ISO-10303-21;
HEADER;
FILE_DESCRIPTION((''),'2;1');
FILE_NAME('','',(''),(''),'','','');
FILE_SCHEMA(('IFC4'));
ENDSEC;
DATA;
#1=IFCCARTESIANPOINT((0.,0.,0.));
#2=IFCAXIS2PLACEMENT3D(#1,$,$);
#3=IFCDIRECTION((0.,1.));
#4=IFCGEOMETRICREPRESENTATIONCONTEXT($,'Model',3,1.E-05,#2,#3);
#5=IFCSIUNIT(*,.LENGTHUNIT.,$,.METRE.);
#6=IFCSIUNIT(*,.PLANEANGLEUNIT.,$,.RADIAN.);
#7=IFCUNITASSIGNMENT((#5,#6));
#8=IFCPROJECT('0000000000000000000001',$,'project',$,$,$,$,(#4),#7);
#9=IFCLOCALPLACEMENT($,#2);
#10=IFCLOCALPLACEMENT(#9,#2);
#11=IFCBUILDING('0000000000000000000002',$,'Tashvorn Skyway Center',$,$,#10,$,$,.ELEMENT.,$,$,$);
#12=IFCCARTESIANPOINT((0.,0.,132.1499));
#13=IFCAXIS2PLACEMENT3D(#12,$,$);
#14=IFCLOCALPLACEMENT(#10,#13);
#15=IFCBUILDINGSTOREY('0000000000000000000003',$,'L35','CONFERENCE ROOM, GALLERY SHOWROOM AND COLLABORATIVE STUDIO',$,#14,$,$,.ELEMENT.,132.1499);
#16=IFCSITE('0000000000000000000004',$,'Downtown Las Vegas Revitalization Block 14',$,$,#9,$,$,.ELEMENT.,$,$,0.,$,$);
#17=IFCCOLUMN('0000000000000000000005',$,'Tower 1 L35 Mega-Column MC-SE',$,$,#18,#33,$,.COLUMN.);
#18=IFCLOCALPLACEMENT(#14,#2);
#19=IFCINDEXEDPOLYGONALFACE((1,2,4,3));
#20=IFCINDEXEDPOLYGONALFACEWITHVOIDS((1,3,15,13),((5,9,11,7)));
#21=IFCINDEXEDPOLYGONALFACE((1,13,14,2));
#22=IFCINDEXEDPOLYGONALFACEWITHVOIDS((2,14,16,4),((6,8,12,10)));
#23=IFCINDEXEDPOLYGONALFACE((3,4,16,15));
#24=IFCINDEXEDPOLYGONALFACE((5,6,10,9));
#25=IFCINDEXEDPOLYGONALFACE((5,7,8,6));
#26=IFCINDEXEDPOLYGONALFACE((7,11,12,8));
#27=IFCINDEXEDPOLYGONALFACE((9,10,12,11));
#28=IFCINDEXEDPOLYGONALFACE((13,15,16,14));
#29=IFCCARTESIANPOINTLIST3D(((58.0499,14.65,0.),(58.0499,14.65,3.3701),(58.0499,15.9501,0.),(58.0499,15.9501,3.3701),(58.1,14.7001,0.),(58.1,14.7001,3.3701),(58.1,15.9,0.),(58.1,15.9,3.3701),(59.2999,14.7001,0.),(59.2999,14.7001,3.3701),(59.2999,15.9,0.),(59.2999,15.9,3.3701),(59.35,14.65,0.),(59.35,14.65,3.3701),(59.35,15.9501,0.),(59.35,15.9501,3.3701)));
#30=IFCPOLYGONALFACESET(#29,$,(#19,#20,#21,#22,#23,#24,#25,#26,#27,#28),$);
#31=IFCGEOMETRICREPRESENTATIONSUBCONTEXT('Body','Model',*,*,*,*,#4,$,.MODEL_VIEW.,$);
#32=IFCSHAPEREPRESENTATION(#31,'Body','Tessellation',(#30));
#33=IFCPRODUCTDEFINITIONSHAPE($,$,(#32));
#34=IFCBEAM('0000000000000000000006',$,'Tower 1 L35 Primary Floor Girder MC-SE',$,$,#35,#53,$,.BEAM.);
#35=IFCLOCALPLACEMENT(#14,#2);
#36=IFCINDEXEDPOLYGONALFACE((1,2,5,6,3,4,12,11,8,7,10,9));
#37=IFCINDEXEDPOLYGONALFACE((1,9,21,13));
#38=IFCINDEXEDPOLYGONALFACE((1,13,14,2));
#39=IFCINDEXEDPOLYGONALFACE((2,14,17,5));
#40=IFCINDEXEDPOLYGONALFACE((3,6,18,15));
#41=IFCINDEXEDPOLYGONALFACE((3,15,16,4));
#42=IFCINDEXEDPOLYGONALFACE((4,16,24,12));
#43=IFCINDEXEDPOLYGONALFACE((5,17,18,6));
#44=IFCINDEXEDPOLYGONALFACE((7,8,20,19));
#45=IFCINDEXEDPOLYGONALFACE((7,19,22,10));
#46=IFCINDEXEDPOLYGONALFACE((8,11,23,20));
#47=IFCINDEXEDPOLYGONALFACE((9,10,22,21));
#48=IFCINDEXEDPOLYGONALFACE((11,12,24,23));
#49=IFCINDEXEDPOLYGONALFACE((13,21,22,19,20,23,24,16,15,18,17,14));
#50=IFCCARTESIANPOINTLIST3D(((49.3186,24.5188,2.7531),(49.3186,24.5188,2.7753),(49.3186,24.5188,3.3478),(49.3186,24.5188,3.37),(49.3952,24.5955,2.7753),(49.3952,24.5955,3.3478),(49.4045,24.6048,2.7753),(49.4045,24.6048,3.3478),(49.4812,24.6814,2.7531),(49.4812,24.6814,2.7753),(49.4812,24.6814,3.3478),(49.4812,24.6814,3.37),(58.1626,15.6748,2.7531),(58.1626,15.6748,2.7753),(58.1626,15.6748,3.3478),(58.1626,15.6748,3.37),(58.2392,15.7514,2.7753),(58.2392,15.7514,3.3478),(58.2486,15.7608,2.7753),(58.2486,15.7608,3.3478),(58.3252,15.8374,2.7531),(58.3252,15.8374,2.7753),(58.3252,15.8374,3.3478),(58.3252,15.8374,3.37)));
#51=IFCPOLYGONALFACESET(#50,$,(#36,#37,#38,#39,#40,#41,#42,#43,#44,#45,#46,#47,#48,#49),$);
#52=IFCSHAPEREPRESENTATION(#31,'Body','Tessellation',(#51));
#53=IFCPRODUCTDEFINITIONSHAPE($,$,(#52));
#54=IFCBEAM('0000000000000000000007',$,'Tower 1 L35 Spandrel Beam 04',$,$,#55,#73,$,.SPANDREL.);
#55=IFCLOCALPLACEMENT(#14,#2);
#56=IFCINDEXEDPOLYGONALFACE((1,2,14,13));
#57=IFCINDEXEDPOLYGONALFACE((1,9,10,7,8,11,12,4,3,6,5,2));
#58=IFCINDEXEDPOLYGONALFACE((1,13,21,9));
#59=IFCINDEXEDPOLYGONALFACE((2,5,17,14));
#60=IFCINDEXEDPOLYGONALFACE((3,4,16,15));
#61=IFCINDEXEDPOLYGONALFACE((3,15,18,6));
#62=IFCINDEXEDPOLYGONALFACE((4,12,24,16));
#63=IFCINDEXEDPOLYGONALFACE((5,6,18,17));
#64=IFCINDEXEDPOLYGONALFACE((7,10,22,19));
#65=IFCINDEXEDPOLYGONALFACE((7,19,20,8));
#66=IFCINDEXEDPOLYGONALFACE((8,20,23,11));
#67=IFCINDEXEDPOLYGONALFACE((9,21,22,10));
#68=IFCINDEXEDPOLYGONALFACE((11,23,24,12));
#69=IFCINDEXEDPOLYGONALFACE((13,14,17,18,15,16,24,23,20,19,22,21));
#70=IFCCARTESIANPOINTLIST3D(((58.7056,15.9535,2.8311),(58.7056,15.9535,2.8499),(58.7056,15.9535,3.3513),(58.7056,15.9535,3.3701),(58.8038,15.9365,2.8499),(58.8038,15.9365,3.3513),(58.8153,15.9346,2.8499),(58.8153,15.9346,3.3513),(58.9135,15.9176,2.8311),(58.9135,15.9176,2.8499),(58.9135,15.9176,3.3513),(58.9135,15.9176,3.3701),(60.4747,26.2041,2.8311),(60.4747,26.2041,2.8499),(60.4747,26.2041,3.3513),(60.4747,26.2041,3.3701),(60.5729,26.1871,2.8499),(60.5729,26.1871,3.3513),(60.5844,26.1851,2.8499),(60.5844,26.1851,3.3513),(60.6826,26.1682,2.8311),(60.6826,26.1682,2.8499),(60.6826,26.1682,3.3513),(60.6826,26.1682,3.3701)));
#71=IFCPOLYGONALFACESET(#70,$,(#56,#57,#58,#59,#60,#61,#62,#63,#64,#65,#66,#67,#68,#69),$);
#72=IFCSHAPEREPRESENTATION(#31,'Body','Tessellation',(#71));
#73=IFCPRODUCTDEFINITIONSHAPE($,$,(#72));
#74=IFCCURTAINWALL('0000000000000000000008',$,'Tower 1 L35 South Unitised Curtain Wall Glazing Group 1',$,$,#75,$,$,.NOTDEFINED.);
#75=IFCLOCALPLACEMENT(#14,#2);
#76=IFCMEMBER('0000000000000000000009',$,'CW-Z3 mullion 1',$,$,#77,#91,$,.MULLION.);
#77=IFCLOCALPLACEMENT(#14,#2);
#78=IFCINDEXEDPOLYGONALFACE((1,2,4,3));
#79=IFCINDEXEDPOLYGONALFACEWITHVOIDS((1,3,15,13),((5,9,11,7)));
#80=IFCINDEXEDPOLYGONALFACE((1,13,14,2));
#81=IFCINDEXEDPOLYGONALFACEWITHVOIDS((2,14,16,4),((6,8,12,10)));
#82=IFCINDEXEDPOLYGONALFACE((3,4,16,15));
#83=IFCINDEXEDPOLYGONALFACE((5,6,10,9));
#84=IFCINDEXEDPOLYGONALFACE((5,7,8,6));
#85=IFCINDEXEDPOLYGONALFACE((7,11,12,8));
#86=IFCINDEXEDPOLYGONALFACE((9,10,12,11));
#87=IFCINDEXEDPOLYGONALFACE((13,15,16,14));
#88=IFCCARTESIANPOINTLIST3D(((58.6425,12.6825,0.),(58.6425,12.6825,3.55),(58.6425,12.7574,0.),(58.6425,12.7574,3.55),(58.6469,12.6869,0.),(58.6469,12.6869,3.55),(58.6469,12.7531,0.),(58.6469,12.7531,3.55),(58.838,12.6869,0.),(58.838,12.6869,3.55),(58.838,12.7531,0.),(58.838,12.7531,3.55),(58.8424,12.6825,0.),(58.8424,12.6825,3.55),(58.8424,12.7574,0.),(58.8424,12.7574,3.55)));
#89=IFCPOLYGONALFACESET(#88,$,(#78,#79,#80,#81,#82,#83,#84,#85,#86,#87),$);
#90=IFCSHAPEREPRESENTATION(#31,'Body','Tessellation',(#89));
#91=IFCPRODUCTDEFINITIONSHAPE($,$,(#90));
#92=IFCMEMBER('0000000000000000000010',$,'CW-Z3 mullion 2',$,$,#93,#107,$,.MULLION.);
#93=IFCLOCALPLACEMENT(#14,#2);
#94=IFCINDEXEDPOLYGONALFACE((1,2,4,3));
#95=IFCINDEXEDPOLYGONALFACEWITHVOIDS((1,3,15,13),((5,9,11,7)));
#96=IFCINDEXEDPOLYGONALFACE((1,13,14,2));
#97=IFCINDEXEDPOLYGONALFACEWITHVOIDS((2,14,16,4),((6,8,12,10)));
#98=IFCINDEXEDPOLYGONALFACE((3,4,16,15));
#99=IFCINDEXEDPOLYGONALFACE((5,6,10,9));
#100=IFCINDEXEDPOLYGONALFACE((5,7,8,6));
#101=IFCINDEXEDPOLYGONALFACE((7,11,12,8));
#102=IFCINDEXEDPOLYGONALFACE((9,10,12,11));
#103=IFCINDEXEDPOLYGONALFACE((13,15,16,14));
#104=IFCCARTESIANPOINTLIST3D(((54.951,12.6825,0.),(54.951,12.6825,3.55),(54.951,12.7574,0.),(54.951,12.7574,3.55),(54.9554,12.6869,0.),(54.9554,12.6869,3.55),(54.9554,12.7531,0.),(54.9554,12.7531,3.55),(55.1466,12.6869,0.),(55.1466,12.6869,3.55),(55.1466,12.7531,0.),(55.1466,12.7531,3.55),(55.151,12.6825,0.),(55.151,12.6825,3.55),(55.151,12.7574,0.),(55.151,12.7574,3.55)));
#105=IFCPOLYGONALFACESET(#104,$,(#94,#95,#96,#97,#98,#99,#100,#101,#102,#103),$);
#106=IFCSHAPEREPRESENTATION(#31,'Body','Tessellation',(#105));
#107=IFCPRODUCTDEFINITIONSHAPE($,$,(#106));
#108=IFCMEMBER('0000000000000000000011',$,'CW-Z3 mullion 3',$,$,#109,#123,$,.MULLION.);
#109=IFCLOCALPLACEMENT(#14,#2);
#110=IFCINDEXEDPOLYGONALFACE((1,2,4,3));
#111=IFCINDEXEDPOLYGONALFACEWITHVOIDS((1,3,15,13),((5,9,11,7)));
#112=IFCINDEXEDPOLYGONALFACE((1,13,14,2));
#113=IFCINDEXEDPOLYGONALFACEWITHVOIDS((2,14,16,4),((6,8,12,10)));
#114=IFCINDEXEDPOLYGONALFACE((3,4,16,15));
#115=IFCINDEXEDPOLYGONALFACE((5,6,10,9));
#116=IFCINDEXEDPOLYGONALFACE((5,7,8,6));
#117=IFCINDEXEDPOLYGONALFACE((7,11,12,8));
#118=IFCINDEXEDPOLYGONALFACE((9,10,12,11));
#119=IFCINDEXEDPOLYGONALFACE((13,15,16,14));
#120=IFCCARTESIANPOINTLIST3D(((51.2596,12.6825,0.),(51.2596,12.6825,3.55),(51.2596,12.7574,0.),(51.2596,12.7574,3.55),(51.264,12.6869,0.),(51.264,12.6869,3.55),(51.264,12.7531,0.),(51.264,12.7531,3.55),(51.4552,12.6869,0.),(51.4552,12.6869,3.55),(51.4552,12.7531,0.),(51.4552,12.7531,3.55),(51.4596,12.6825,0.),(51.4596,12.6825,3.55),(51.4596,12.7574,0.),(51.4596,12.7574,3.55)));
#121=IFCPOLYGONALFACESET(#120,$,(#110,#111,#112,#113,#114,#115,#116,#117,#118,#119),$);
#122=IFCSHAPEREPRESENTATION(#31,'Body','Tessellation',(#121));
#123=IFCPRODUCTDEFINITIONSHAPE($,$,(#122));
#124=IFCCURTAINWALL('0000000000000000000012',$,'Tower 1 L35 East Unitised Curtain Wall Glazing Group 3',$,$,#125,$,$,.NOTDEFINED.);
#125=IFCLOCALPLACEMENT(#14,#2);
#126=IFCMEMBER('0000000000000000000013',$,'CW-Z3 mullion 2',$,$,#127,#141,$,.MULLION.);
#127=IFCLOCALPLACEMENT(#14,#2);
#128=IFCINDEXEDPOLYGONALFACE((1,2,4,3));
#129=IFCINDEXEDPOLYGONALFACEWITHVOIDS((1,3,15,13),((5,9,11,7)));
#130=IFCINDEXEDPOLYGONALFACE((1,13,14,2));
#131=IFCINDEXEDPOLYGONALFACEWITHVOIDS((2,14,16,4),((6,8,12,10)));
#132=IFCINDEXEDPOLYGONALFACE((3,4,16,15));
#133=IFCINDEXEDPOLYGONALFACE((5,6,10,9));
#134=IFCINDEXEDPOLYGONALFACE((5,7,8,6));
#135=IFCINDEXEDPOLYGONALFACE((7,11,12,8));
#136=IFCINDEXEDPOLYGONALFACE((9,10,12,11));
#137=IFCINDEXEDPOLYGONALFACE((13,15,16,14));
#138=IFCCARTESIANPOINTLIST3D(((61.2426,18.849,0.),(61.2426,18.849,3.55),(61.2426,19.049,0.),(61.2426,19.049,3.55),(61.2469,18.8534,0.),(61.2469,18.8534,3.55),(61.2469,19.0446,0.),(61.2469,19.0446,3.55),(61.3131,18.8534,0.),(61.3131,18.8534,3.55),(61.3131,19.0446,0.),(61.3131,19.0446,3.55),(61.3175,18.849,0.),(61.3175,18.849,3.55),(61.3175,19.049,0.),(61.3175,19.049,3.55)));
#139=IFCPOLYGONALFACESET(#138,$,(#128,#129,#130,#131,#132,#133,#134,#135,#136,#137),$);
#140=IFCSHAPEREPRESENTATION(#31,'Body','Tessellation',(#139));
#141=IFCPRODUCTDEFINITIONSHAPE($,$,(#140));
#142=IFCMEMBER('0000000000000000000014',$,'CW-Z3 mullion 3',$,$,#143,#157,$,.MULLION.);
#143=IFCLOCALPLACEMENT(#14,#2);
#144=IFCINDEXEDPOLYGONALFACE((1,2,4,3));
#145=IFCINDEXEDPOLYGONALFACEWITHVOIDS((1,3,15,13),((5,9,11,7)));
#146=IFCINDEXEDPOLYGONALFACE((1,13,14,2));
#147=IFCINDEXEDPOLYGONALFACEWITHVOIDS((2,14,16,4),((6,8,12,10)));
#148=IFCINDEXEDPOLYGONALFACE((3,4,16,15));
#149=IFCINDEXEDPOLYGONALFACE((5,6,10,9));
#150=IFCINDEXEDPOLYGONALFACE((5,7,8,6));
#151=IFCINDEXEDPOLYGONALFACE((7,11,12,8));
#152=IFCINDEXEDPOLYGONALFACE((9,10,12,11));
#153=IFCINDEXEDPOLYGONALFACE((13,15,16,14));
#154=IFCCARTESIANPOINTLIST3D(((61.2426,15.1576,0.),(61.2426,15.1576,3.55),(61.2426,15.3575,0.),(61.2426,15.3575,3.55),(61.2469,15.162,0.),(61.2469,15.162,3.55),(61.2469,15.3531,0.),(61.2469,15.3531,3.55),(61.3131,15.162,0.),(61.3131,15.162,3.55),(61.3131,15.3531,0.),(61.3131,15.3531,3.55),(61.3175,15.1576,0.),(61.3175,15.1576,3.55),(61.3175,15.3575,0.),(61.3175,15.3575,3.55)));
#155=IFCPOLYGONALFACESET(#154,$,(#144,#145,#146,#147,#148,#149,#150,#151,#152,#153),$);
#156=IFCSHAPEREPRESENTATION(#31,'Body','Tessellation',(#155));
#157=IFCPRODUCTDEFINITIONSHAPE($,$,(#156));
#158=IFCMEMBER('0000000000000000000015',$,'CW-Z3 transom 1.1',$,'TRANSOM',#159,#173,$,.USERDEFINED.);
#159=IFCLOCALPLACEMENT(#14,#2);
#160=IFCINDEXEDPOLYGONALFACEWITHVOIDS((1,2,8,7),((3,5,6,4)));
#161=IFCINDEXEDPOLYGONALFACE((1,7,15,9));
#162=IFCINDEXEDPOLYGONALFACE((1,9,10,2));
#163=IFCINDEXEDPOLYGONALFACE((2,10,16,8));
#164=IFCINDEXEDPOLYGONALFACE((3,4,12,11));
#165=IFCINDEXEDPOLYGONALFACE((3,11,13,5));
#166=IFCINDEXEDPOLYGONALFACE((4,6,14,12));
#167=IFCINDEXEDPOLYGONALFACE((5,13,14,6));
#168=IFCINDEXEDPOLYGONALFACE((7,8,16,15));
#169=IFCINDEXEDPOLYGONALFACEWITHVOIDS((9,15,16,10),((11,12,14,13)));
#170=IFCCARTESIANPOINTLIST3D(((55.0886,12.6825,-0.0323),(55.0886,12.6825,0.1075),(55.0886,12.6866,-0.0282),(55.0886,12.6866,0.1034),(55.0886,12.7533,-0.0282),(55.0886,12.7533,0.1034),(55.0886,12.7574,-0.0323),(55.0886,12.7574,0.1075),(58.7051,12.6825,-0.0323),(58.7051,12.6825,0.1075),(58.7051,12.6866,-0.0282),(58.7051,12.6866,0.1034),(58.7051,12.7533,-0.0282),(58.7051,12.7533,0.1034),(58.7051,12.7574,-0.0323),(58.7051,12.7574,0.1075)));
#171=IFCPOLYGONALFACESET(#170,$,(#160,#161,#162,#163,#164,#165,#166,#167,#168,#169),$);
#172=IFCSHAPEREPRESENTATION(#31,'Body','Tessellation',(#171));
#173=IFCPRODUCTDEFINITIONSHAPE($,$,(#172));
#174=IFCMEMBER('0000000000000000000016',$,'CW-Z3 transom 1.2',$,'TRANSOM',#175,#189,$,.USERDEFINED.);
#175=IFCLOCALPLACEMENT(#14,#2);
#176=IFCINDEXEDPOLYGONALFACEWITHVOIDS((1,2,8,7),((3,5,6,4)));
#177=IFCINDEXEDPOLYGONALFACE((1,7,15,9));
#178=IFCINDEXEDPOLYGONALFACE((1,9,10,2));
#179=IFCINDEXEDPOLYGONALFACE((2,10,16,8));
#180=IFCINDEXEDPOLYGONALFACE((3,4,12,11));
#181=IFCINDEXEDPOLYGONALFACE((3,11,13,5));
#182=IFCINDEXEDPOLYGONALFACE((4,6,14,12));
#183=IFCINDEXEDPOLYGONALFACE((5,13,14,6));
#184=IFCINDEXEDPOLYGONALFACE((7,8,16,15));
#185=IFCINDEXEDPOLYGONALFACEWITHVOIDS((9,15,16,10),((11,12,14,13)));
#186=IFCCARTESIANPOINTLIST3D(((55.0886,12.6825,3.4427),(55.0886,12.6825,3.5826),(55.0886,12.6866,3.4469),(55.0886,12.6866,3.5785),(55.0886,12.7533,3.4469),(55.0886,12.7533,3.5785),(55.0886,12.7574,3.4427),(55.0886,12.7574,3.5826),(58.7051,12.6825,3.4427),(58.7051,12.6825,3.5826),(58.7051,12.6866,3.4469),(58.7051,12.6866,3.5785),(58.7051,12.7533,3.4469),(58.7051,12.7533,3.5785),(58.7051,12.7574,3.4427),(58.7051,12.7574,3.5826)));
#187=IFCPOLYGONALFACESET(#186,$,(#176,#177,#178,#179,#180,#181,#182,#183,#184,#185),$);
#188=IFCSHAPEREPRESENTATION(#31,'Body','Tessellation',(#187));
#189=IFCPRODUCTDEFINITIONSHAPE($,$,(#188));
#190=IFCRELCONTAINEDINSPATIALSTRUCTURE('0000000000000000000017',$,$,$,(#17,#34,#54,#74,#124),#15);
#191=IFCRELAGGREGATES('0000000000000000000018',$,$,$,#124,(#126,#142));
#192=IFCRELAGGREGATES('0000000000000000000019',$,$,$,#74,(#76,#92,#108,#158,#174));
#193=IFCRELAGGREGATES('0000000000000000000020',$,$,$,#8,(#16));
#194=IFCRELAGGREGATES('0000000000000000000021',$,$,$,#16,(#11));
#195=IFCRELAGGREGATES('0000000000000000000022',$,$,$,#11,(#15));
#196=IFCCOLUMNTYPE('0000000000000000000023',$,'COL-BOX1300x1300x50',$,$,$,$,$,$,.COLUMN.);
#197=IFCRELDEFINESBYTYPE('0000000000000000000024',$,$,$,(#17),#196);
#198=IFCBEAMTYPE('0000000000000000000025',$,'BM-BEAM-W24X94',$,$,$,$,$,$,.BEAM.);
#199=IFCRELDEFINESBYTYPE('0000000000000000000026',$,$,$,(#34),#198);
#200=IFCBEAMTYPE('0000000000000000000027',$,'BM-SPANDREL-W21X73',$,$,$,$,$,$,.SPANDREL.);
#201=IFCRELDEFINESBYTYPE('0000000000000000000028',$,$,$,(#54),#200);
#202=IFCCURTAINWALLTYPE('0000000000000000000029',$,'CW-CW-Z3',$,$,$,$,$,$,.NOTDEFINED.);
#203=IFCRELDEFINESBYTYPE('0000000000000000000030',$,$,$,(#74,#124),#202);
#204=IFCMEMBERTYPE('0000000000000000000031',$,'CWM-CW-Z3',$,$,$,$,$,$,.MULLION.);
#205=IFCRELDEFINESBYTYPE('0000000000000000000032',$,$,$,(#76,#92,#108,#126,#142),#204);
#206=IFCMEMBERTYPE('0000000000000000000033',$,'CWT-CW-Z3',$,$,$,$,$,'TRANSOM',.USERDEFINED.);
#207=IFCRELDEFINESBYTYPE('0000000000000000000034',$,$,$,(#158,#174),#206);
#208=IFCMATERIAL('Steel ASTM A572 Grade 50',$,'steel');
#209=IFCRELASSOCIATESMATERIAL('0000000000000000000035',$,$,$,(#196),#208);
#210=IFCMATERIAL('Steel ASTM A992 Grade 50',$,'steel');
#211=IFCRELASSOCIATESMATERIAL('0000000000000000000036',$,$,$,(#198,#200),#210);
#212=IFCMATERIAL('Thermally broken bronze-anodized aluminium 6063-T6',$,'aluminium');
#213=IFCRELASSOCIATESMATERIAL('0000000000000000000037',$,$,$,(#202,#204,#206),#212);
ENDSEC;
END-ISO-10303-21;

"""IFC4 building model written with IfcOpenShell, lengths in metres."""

from ifc_helpers import new_model, si_unit, direction, frame, origin, origin_2d, place, context, subcontext, project, spatial, hollow_rectangle, i_section, extrude, material, material_profile, profile_set, type_object, element, aggregate, save


model = new_model("IFC4")

# Units and contexts
model_context = context("Model", 3, precision=1e-05, world=origin(), true_north=direction((0.0, 1.0)))
body_context = subcontext(model_context, "Body", "Model", "MODEL_VIEW")
ifc_project = project(units=[si_unit("LENGTHUNIT", "METRE"), si_unit("PLANEANGLEUNIT", "RADIAN")], contexts=[model_context])

# Site, building, storey
site_placement = place(None, origin())
site = spatial("IfcSite", under=ifc_project, at=site_placement, Name="Downtown Las Vegas Revitalization Block 14", CompositionType="ELEMENT", RefElevation=0.0)
building_placement = place(site_placement, origin())
building = spatial("IfcBuilding", under=site, at=building_placement, Name="Tashvorn Skyway Center", CompositionType="ELEMENT")
storey_placement = place(building_placement, frame((0.0, 0.0, 132.1499)))
storey = spatial("IfcBuildingStorey", under=building, at=storey_placement, Name="L35", Description="CONFERENCE ROOM, GALLERY SHOWROOM AND COLLABORATIVE STUDIO", CompositionType="ELEMENT", Elevation=132.1499)

# Column
ifc_material_1 = material(Name="Steel ASTM A572 Grade 50", Category="steel")
ifc_material_profile_1 = material_profile(ifc_material_1, hollow_rectangle(XDim=1.3, YDim=1.3, WallThickness=0.05, at=origin_2d()), Name="BOX1300x1300x50")
ifc_profile_set_1 = profile_set([ifc_material_profile_1], Name="Steel ASTM A572 Grade 50")
column_type = type_object("IfcColumnType", Name="COL-BOX1300x1300x50", PredefinedType="COLUMN", material=ifc_profile_set_1)
column_placement = place(storey_placement, frame((58.7, 15.3, 0.0), z_axis=(0.0, 0.0, 1.0), x_axis=(1.0, 0.0, 0.0)))
element("IfcColumn", 1, at=column_placement, inside=storey, type_object=column_type, Name="Tower 1 L35 Mega-Column MC-SE", PredefinedType="COLUMN", context=body_context, shape_type="SweptSolid", body=[
    extrude(hollow_rectangle(XDim=1.3, YDim=1.3, WallThickness=0.05, at=origin_2d()), origin(), (0.0, 0.0, 1.0), 3.3701),
])

# Beams
ifc_material_2 = material(Name="Steel ASTM A992 Grade 50", Category="steel")
ifc_material_profile_2 = material_profile(ifc_material_2, i_section(OverallWidth=0.23, OverallDepth=0.6169, WebThickness=0.0132, FlangeThickness=0.0222, at=origin_2d()), Name="W24X94")
ifc_profile_set_2 = profile_set([ifc_material_profile_2], Name="Steel ASTM A992 Grade 50")
beam_type_1 = type_object("IfcBeamType", Name="BM-BEAM-W24X94", PredefinedType="BEAM", material=ifc_profile_set_2)
beam_1_placement = place(storey_placement, frame((58.2439, 15.7561, 3.0615), z_axis=(-0.707107, 0.707107, 0.0), x_axis=(-0.707107, -0.707107, 0.0)))
element("IfcBeam", 2, at=beam_1_placement, inside=storey, type_object=beam_type_1, Name="Tower 1 L35 Primary Floor Girder MC-SE", PredefinedType="BEAM", context=body_context, shape_type="SweptSolid", body=[
    extrude(i_section(OverallWidth=0.23, OverallDepth=0.6169, WebThickness=0.0132, FlangeThickness=0.0222, at=origin_2d()), origin(), (0.0, 0.0, 1.0), 12.5073),
])
ifc_material_profile_3 = material_profile(ifc_material_2, i_section(OverallWidth=0.2109, OverallDepth=0.5391, WebThickness=0.0117, FlangeThickness=0.0188, at=origin_2d()), Name="W21X73")
ifc_profile_set_3 = profile_set([ifc_material_profile_3], Name="Steel ASTM A992 Grade 50")
beam_type_2 = type_object("IfcBeamType", Name="BM-SPANDREL-W21X73", PredefinedType="SPANDREL", material=ifc_profile_set_3)
beam_2_placement = place(storey_placement, frame((58.8096, 15.9355, 3.1006), z_axis=(0.170067, 0.985432, 0.0), x_axis=(-0.985432, 0.170067, 0.0)))
element("IfcBeam", 3, at=beam_2_placement, inside=storey, type_object=beam_type_2, Name="Tower 1 L35 Spandrel Beam 04", PredefinedType="SPANDREL", context=body_context, shape_type="SweptSolid", body=[
    extrude(i_section(OverallWidth=0.2109, OverallDepth=0.5391, WebThickness=0.0117, FlangeThickness=0.0188, at=origin_2d()), origin(), (0.0, 0.0, 1.0), 10.4021),
])

# Curtain walls, members
ifc_material_3 = material(Name="Thermally broken bronze-anodized aluminium 6063-T6", Category="aluminium")
curtain_wall_type = type_object("IfcCurtainWallType", Name="CW-CW-Z3", PredefinedType="NOTDEFINED", material=ifc_material_3)
curtain_wall_1_placement = place(storey_placement, origin())
curtain_wall_1 = element("IfcCurtainWall", 4, at=curtain_wall_1_placement, inside=storey, type_object=curtain_wall_type, Name="Tower 1 L35 South Unitised Curtain Wall Glazing Group 1", PredefinedType="NOTDEFINED")
ifc_material_profile_4 = material_profile(ifc_material_3, hollow_rectangle(XDim=0.075, YDim=0.2, WallThickness=0.0044, at=origin_2d()), Name="ALU-MULL-75x200")
ifc_profile_set_4 = profile_set([ifc_material_profile_4], Name="Thermally broken bronze-anodized aluminium 6063-T6")
member_type_1 = type_object("IfcMemberType", Name="CWM-CW-Z3", PredefinedType="MULLION", material=ifc_profile_set_4)
member_1_placement = place(storey_placement, frame((58.7424, 12.72, 0.0), z_axis=(0.0, 0.0, 1.0), x_axis=(0.0, -1.0, 0.0)))
member_1 = element("IfcMember", 5, at=member_1_placement, type_object=member_type_1, Name="CW-Z3 mullion 1", PredefinedType="MULLION", context=body_context, shape_type="SweptSolid", body=[
    extrude(hollow_rectangle(XDim=0.075, YDim=0.2, WallThickness=0.0044, at=origin_2d()), origin(), (0.0, 0.0, 1.0), 3.55),
])
member_2_placement = place(storey_placement, frame((55.051, 12.72, 0.0), z_axis=(0.0, 0.0, 1.0), x_axis=(0.0, -1.0, 0.0)))
member_2 = element("IfcMember", 6, at=member_2_placement, type_object=member_type_1, Name="CW-Z3 mullion 2", PredefinedType="MULLION", context=body_context, shape_type="SweptSolid", body=[
    extrude(hollow_rectangle(XDim=0.075, YDim=0.2, WallThickness=0.0044, at=origin_2d()), origin(), (0.0, 0.0, 1.0), 3.55),
])
member_3_placement = place(storey_placement, frame((51.3596, 12.72, 0.0), z_axis=(0.0, 0.0, 1.0), x_axis=(0.0, -1.0, 0.0)))
member_3 = element("IfcMember", 7, at=member_3_placement, type_object=member_type_1, Name="CW-Z3 mullion 3", PredefinedType="MULLION", context=body_context, shape_type="SweptSolid", body=[
    extrude(hollow_rectangle(XDim=0.075, YDim=0.2, WallThickness=0.0044, at=origin_2d()), origin(), (0.0, 0.0, 1.0), 3.55),
])
curtain_wall_2_placement = place(storey_placement, origin())
curtain_wall_2 = element("IfcCurtainWall", 8, at=curtain_wall_2_placement, inside=storey, type_object=curtain_wall_type, Name="Tower 1 L35 East Unitised Curtain Wall Glazing Group 3", PredefinedType="NOTDEFINED")
member_4_placement = place(storey_placement, frame((61.28, 18.949, 0.0), z_axis=(0.0, 0.0, 1.0), x_axis=(1.0, 0.0, 0.0)))
member_4 = element("IfcMember", 9, at=member_4_placement, type_object=member_type_1, Name="CW-Z3 mullion 2", PredefinedType="MULLION", context=body_context, shape_type="SweptSolid", body=[
    extrude(hollow_rectangle(XDim=0.075, YDim=0.2, WallThickness=0.0044, at=origin_2d()), origin(), (0.0, 0.0, 1.0), 3.55),
])
member_5_placement = place(storey_placement, frame((61.28, 15.2576, 0.0), z_axis=(0.0, 0.0, 1.0), x_axis=(1.0, 0.0, 0.0)))
member_5 = element("IfcMember", 10, at=member_5_placement, type_object=member_type_1, Name="CW-Z3 mullion 3", PredefinedType="MULLION", context=body_context, shape_type="SweptSolid", body=[
    extrude(hollow_rectangle(XDim=0.075, YDim=0.2, WallThickness=0.0044, at=origin_2d()), origin(), (0.0, 0.0, 1.0), 3.55),
])
aggregate(curtain_wall_2, [member_4, member_5])

# Members
ifc_material_profile_5 = material_profile(ifc_material_3, hollow_rectangle(XDim=0.075, YDim=0.1399, WallThickness=0.0042, at=origin_2d()), Name="ALU-TRAN-75x140")
ifc_profile_set_5 = profile_set([ifc_material_profile_5], Name="Thermally broken bronze-anodized aluminium 6063-T6")
member_type_2 = type_object("IfcMemberType", Name="CWT-CW-Z3", ElementType="TRANSOM", PredefinedType="USERDEFINED", material=ifc_profile_set_5)
member_6_placement = place(storey_placement, frame((58.7051, 12.72, 0.0376), z_axis=(-1.0, 0.0, 0.0), x_axis=(0.0, -1.0, 0.0)))
member_6 = element("IfcMember", 11, at=member_6_placement, type_object=member_type_2, Name="CW-Z3 transom 1.1", ObjectType="TRANSOM", PredefinedType="USERDEFINED", context=body_context, shape_type="SweptSolid", body=[
    extrude(hollow_rectangle(XDim=0.075, YDim=0.1399, WallThickness=0.0042, at=origin_2d()), origin(), (0.0, 0.0, 1.0), 3.6165),
])
member_7_placement = place(storey_placement, frame((58.7051, 12.72, 3.5127), z_axis=(-1.0, 0.0, 0.0), x_axis=(0.0, -1.0, 0.0)))
member_7 = element("IfcMember", 12, at=member_7_placement, type_object=member_type_2, Name="CW-Z3 transom 1.2", ObjectType="TRANSOM", PredefinedType="USERDEFINED", context=body_context, shape_type="SweptSolid", body=[
    extrude(hollow_rectangle(XDim=0.075, YDim=0.1399, WallThickness=0.0042, at=origin_2d()), origin(), (0.0, 0.0, 1.0), 3.6165),
])

aggregate(curtain_wall_1, [member_1, member_2, member_3, member_6, member_7])

save(model, "model.ifc")
